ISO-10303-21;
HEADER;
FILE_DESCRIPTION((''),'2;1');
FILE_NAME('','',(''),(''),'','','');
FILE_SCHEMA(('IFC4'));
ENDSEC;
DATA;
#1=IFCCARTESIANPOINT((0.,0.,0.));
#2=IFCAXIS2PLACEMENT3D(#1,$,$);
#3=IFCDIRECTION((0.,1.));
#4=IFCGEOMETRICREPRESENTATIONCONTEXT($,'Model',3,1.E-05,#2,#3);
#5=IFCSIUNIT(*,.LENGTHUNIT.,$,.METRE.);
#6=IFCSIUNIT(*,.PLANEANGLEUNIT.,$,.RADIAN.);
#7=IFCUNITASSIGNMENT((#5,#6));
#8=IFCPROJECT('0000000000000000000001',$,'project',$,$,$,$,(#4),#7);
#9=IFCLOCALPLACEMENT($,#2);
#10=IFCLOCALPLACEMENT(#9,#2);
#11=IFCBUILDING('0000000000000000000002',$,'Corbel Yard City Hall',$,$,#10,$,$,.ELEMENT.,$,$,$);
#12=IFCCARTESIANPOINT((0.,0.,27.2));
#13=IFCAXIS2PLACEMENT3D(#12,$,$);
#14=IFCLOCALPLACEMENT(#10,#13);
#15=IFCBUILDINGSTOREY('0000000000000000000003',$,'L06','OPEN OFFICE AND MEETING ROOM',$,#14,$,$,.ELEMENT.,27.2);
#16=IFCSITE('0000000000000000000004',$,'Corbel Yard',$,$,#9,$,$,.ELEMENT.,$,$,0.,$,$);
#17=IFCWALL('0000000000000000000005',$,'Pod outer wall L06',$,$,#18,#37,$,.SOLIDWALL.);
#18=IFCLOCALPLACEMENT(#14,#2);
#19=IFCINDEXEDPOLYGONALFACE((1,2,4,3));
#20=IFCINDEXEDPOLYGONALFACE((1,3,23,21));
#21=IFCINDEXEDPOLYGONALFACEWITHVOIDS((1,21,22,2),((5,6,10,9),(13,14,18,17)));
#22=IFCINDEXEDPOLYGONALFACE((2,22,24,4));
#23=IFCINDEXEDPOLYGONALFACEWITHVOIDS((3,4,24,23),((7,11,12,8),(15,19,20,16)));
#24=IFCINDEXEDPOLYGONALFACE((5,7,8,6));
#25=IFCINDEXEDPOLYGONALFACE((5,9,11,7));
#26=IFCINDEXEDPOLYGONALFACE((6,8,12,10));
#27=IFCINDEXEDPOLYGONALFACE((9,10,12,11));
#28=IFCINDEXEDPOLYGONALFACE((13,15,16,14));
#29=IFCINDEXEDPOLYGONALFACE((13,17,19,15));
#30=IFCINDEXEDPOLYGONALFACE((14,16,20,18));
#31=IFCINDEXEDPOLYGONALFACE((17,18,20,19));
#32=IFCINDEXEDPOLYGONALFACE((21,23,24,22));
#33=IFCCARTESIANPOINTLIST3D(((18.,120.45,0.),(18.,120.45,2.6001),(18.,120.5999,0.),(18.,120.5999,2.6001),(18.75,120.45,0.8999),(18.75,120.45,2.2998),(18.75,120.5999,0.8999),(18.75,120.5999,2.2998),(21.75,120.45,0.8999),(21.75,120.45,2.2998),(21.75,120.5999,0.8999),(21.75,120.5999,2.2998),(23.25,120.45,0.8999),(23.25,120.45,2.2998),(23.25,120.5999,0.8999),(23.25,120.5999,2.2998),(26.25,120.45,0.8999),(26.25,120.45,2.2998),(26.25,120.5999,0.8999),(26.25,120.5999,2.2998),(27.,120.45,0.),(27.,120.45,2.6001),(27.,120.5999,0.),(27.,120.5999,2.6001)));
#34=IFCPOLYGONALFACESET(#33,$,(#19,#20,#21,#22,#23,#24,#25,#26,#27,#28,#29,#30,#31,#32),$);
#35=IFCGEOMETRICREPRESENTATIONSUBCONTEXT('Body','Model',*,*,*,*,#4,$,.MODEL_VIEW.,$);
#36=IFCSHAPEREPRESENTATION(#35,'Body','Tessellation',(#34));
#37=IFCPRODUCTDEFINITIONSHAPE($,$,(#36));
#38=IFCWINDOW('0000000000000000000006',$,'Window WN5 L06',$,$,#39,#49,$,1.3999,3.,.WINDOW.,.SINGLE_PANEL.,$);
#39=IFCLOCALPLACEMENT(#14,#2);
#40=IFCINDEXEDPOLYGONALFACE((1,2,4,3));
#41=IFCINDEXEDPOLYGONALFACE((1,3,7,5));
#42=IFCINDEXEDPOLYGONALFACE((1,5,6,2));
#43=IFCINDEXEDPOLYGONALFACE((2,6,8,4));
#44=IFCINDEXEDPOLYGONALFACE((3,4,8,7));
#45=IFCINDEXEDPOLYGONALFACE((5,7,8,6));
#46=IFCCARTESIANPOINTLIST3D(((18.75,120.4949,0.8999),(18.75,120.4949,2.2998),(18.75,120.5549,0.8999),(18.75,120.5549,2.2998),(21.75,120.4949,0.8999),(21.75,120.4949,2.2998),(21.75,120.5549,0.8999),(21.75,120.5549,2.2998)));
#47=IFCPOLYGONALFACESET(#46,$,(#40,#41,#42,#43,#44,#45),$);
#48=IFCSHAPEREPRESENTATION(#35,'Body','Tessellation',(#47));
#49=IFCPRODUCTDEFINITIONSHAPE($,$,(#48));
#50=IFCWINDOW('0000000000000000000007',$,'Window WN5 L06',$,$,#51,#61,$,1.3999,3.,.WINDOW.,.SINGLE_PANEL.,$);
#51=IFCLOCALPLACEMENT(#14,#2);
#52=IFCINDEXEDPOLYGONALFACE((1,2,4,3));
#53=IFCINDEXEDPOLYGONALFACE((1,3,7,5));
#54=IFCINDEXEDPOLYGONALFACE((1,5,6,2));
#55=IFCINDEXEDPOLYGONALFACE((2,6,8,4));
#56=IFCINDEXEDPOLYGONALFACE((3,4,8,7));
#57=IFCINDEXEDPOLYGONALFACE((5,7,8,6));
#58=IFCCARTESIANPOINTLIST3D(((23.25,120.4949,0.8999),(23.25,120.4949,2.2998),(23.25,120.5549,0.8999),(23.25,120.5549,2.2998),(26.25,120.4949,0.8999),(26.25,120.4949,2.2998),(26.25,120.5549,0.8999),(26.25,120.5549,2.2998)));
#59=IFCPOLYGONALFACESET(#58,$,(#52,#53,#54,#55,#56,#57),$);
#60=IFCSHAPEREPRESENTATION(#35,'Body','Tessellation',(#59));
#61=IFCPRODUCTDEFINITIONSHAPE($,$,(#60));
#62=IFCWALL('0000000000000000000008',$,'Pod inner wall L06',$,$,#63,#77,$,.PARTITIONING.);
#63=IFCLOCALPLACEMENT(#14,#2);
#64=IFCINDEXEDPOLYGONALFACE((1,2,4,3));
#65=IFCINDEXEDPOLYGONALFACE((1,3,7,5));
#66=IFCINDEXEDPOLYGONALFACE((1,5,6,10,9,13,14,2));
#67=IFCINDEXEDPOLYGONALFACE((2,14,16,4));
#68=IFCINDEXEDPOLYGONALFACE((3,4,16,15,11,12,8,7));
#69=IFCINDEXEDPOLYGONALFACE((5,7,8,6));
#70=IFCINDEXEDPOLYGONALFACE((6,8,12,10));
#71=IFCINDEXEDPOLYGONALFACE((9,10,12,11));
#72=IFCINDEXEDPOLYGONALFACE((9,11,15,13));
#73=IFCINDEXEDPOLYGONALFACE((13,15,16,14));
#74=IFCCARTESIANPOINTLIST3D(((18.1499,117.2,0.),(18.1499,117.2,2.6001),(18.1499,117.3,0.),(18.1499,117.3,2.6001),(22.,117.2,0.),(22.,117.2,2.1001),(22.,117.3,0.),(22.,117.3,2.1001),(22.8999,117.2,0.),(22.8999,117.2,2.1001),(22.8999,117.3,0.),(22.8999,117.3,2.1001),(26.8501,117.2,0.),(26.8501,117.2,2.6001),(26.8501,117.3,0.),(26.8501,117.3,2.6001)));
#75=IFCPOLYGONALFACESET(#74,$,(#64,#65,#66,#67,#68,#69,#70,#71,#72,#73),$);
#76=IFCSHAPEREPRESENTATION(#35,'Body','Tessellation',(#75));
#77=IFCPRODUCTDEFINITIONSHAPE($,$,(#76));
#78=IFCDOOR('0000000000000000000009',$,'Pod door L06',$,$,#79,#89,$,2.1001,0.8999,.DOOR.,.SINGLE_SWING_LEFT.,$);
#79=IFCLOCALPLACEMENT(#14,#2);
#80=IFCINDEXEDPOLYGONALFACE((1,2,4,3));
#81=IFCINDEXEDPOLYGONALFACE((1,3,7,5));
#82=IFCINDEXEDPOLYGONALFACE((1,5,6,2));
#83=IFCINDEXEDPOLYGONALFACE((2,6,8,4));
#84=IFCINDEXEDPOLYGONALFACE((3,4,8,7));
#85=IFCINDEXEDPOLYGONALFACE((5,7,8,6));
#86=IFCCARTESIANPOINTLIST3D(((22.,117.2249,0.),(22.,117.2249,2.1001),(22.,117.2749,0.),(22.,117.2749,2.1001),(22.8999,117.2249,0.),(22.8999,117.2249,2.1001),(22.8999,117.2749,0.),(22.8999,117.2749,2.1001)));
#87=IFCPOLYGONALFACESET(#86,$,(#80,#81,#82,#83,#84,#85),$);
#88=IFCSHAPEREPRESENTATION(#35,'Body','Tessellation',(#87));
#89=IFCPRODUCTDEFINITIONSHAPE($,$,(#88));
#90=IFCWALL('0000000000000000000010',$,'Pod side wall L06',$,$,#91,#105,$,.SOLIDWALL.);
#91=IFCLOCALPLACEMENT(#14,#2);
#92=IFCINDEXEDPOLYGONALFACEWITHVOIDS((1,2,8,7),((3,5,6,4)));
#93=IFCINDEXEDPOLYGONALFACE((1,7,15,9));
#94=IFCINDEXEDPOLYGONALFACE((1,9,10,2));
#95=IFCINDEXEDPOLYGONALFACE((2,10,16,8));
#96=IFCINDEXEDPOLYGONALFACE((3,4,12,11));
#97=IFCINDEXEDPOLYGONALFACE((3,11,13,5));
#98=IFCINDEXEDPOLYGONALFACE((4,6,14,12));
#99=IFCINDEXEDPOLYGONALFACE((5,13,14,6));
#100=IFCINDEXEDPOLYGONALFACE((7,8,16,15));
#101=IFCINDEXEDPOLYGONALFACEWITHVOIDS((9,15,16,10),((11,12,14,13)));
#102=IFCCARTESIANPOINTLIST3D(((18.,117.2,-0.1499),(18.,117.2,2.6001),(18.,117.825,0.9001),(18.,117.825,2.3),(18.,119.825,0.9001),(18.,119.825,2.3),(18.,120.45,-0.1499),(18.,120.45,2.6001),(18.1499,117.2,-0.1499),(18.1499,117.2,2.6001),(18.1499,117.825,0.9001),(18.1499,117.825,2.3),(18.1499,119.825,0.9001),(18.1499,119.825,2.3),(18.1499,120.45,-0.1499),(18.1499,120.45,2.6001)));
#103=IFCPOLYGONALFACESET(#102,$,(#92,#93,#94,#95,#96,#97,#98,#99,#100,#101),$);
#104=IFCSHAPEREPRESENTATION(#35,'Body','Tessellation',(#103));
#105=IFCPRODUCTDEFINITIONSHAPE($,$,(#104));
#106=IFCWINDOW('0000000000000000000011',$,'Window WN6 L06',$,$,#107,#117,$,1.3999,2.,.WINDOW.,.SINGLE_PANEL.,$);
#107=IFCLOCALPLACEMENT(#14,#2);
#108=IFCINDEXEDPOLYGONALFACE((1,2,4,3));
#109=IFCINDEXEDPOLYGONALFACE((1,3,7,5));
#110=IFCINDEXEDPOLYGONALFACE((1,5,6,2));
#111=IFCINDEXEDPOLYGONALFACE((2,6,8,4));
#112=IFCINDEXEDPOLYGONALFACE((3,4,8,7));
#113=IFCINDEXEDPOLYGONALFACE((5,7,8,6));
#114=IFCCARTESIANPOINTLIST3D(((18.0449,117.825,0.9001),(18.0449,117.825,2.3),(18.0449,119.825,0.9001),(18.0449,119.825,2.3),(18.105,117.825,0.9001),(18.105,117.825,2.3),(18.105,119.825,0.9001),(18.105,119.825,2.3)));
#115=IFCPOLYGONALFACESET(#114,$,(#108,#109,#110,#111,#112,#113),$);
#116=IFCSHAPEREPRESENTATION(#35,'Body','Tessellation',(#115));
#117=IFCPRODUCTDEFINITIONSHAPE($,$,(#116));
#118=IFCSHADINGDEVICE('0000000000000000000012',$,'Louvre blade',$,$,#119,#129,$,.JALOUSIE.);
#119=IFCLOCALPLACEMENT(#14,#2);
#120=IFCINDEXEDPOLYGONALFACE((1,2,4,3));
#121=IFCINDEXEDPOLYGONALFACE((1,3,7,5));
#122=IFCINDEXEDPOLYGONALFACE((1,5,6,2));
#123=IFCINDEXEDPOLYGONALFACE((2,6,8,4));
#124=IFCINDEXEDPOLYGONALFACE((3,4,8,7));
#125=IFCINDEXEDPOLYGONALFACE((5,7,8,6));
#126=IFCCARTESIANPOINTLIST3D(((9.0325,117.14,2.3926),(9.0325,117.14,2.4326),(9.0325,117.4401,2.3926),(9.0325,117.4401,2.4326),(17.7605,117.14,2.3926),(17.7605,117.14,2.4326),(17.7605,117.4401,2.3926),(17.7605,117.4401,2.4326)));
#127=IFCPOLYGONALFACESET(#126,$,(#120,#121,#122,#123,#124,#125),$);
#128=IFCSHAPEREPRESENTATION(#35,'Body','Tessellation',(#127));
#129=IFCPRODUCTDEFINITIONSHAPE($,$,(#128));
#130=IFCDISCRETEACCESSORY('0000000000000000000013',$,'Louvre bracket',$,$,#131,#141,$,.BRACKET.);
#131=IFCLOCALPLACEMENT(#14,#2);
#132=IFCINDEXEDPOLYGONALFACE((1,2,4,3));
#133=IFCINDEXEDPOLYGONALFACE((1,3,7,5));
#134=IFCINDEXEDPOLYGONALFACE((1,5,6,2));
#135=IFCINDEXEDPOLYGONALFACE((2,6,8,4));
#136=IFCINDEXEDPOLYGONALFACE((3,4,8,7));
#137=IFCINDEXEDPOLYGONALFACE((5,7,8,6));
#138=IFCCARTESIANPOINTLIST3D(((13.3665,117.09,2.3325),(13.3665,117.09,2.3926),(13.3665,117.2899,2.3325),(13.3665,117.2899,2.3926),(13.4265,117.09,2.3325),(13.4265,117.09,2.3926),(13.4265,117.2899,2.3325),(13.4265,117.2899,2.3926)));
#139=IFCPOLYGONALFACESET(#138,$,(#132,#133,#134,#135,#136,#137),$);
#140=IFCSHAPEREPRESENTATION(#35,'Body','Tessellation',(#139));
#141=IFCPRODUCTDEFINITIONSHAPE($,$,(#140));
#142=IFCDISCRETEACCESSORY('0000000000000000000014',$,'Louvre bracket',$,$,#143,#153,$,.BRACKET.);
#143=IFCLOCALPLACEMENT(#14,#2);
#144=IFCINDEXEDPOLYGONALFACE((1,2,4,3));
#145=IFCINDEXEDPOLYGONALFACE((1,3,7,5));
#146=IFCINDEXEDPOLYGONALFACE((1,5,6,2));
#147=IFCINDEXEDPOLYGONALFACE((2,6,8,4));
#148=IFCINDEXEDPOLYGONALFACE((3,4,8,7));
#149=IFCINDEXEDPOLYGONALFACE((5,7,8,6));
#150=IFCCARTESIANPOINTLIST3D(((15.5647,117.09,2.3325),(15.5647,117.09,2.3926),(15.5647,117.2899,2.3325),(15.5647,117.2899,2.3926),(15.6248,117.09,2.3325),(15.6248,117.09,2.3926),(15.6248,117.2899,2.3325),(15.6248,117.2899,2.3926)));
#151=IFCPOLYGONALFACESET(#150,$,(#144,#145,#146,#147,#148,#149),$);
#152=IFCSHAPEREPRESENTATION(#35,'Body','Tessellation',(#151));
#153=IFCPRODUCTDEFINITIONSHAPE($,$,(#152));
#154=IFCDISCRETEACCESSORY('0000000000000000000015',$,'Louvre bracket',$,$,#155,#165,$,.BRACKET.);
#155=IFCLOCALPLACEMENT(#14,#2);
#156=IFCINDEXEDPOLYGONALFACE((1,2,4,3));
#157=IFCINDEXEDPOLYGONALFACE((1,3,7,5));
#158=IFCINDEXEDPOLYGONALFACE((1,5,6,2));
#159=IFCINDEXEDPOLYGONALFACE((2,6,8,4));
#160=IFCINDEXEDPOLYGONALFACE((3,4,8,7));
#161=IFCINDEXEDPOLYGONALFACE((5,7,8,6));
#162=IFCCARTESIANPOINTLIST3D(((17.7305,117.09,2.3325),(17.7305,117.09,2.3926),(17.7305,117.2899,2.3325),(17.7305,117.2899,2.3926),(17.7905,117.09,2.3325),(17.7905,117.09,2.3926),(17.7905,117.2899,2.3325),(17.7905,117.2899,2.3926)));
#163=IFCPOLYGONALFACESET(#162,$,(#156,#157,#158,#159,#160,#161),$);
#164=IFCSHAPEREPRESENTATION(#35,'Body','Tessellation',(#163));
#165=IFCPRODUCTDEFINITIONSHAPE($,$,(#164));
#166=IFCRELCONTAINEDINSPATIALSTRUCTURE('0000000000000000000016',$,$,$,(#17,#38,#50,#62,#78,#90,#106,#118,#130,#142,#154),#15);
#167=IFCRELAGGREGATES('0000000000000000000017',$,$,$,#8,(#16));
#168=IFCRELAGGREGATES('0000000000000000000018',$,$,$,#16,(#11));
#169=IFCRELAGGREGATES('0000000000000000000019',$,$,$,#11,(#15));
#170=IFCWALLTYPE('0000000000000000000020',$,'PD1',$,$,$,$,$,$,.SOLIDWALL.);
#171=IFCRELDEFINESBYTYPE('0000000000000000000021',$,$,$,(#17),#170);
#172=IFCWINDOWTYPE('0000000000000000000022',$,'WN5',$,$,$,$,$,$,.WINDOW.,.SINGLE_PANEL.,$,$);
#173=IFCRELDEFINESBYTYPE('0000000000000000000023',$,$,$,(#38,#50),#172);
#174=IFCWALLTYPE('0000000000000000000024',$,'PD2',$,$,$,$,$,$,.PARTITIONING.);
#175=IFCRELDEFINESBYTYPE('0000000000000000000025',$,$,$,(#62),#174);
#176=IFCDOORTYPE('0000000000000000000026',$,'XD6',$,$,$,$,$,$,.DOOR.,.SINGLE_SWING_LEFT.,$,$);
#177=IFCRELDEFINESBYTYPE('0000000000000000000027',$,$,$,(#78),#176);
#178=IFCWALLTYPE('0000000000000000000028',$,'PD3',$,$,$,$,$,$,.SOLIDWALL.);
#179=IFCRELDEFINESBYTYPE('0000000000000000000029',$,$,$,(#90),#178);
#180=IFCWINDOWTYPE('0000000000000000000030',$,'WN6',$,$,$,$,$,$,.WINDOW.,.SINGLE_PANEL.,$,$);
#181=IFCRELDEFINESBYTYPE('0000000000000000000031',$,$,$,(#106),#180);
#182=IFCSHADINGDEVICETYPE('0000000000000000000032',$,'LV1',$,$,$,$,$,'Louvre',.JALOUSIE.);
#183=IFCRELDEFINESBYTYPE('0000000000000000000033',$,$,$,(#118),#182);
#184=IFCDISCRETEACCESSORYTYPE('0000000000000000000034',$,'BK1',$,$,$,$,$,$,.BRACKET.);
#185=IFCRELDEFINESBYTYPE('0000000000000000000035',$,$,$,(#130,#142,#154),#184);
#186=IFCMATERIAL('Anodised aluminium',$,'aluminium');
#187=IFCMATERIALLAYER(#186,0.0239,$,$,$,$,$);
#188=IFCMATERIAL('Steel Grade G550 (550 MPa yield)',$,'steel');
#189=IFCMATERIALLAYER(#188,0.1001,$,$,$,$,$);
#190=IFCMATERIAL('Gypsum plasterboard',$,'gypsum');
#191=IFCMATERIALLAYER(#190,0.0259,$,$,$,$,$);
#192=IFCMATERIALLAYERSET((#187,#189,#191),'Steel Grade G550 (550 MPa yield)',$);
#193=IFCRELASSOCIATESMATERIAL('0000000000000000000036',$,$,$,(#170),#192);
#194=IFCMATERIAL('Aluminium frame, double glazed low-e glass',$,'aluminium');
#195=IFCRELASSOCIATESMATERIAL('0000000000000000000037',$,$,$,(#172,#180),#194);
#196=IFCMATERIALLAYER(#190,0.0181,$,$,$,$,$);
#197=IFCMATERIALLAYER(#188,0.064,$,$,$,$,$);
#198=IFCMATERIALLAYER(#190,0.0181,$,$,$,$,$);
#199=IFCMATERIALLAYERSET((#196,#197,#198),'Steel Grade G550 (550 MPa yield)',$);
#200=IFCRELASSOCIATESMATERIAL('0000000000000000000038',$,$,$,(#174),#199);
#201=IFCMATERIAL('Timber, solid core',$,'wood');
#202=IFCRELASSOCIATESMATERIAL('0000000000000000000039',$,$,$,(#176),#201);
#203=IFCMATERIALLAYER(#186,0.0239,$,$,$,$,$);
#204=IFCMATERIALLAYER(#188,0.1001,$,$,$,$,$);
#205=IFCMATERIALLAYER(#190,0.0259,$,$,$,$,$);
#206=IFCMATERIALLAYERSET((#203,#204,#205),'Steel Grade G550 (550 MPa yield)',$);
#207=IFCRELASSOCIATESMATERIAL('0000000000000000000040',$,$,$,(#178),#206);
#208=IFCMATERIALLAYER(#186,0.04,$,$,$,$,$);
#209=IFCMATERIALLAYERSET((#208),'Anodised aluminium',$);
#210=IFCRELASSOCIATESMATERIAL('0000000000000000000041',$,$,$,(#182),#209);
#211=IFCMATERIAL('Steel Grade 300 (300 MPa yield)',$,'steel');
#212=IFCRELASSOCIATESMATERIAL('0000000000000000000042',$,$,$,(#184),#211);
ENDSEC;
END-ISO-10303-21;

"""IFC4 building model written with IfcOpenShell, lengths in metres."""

from ifc_helpers import new_model, si_unit, direction, frame, frame_2d, origin, origin_2d, place, context, subcontext, project, spatial, rectangle, extrude, material, layer, layer_set, type_object, element, fill, save


model = new_model("IFC4")

# Units and contexts
model_context = context("Model", 3, precision=1e-05, world=origin(), true_north=direction((0.0, 1.0)))
body_context = subcontext(model_context, "Body", "Model", "MODEL_VIEW")
ifc_project = project(units=[si_unit("LENGTHUNIT", "METRE"), si_unit("PLANEANGLEUNIT", "RADIAN")], contexts=[model_context])

# Site, building, storey
site_placement = place(None, origin())
site = spatial("IfcSite", under=ifc_project, at=site_placement, Name="Corbel Yard", CompositionType="ELEMENT", RefElevation=0.0)
building_placement = place(site_placement, origin())
building = spatial("IfcBuilding", under=site, at=building_placement, Name="Corbel Yard City Hall", CompositionType="ELEMENT")
storey_placement = place(building_placement, frame((0.0, 0.0, 27.2)))
storey = spatial("IfcBuildingStorey", under=building, at=storey_placement, Name="L06", Description="OPEN OFFICE AND MEETING ROOM", CompositionType="ELEMENT", Elevation=27.2)

# Shared definitions
ifc_material_1 = material(Name="Steel Grade 300 (300 MPa yield)", Category="steel")

# Wall, openings, windows
ifc_material_2 = material(Name="Anodised aluminium", Category="aluminium")
ifc_layer_1 = layer(ifc_material_2, 0.0239)
ifc_material_3 = material(Name="Steel Grade G550 (550 MPa yield)", Category="steel")
ifc_layer_2 = layer(ifc_material_3, 0.1001)
ifc_material_4 = material(Name="Gypsum plasterboard", Category="gypsum")
ifc_layer_3 = layer(ifc_material_4, 0.0259)
ifc_layer_set_1 = layer_set([ifc_layer_1, ifc_layer_2, ifc_layer_3], Name="Steel Grade G550 (550 MPa yield)")
wall_type_1 = type_object("IfcWallType", Name="PD1", PredefinedType="SOLIDWALL", material=ifc_layer_set_1)
wall_1_placement = place(storey_placement, frame((18.0, 120.5249, 0.0), z_axis=(0.0, 0.0, 1.0), x_axis=(1.0, 0.0, 0.0)))
wall_1 = element("IfcWall", 1, at=wall_1_placement, inside=storey, type_object=wall_type_1, Name="Pod outer wall L06", PredefinedType="SOLIDWALL", context=body_context, shape_type="SweptSolid", body=[
    extrude(rectangle(XDim=9.0, YDim=0.1499, at=frame_2d((4.5, 0.0))), origin(), (0.0, 0.0, 1.0), 2.6001),
])
opening_1_placement = place(wall_1_placement, frame((0.75, 0.0, 0.8999)))
opening_1 = element("IfcOpeningElement", 2, at=opening_1_placement, cuts=wall_1, PredefinedType="OPENING", context=body_context, shape_type="SweptSolid", body=[
    extrude(rectangle(XDim=3.0, YDim=1.3999, at=frame_2d((1.5, 0.7))), frame((0.0, 0.085, 0.0), z_axis=(0.0, -1.0, 0.0), x_axis=(1.0, 0.0, 0.0)), (0.0, 0.0, 1.0), 0.1699),
])
opening_2_placement = place(wall_1_placement, frame((5.25, 0.0, 0.8999)))
opening_2 = element("IfcOpeningElement", 3, at=opening_2_placement, cuts=wall_1, PredefinedType="OPENING", context=body_context, shape_type="SweptSolid", body=[
    extrude(rectangle(XDim=3.0, YDim=1.3999, at=frame_2d((1.5, 0.7))), frame((0.0, 0.085, 0.0), z_axis=(0.0, -1.0, 0.0), x_axis=(1.0, 0.0, 0.0)), (0.0, 0.0, 1.0), 0.1699),
])
ifc_material_5 = material(Name="Aluminium frame, double glazed low-e glass", Category="aluminium")
window_type_1 = type_object("IfcWindowType", Name="WN5", PartitioningType="SINGLE_PANEL", PredefinedType="WINDOW", material=ifc_material_5)
window_1_placement = place(opening_1_placement, origin())
window_1 = element("IfcWindow", 4, at=window_1_placement, inside=storey, type_object=window_type_1, Name="Window WN5 L06", OverallHeight=1.3999, OverallWidth=3.0, PartitioningType="SINGLE_PANEL", PredefinedType="WINDOW", context=body_context, shape_type="SweptSolid", body=[
    extrude(rectangle(XDim=3.0, YDim=1.3999, at=frame_2d((1.5, 0.7))), frame((0.0, 0.03, 0.0), z_axis=(0.0, -1.0, 0.0), x_axis=(1.0, 0.0, 0.0)), (0.0, 0.0, 1.0), 0.0601),
])
fill(opening_1, window_1)
window_2_placement = place(opening_2_placement, origin())
window_2 = element("IfcWindow", 5, at=window_2_placement, inside=storey, type_object=window_type_1, Name="Window WN5 L06", OverallHeight=1.3999, OverallWidth=3.0, PartitioningType="SINGLE_PANEL", PredefinedType="WINDOW", context=body_context, shape_type="SweptSolid", body=[
    extrude(rectangle(XDim=3.0, YDim=1.3999, at=frame_2d((1.5, 0.7))), frame((0.0, 0.03, 0.0), z_axis=(0.0, -1.0, 0.0), x_axis=(1.0, 0.0, 0.0)), (0.0, 0.0, 1.0), 0.0601),
])
fill(opening_2, window_2)

# Wall, opening, door
ifc_layer_4 = layer(ifc_material_4, 0.0181)
ifc_layer_5 = layer(ifc_material_3, 0.064)
ifc_layer_6 = layer(ifc_material_4, 0.0181)
ifc_layer_set_2 = layer_set([ifc_layer_4, ifc_layer_5, ifc_layer_6], Name="Steel Grade G550 (550 MPa yield)")
wall_type_2 = type_object("IfcWallType", Name="PD2", PredefinedType="PARTITIONING", material=ifc_layer_set_2)
wall_2_placement = place(storey_placement, frame((18.1499, 117.25, 0.0), z_axis=(0.0, 0.0, 1.0), x_axis=(1.0, 0.0, 0.0)))
wall_2 = element("IfcWall", 6, at=wall_2_placement, inside=storey, type_object=wall_type_2, Name="Pod inner wall L06", PredefinedType="PARTITIONING", context=body_context, shape_type="SweptSolid", body=[
    extrude(rectangle(XDim=8.7002, YDim=0.1001, at=frame_2d((4.3501, 0.0))), origin(), (0.0, 0.0, 1.0), 2.6001),
])
opening_3_placement = place(wall_2_placement, frame((3.8501, 0.0, 0.0)))
opening_3 = element("IfcOpeningElement", 7, at=opening_3_placement, cuts=wall_2, PredefinedType="OPENING", context=body_context, shape_type="SweptSolid", body=[
    extrude(rectangle(XDim=0.8999, YDim=2.1001, at=frame_2d((0.45, 1.05))), frame((0.0, 0.0601, 0.0), z_axis=(0.0, -1.0, 0.0), x_axis=(1.0, 0.0, 0.0)), (0.0, 0.0, 1.0), 0.1201),
])
ifc_material_6 = material(Name="Timber, solid core", Category="wood")
door_type = type_object("IfcDoorType", Name="XD6", OperationType="SINGLE_SWING_LEFT", PredefinedType="DOOR", material=ifc_material_6)
door_placement = place(opening_3_placement, origin())
door = element("IfcDoor", 8, at=door_placement, inside=storey, type_object=door_type, Name="Pod door L06", OperationType="SINGLE_SWING_LEFT", OverallHeight=2.1001, OverallWidth=0.8999, PredefinedType="DOOR", context=body_context, shape_type="SweptSolid", body=[
    extrude(rectangle(XDim=0.8999, YDim=2.1001, at=frame_2d((0.45, 1.05))), frame((0.0, 0.0249, 0.0), z_axis=(0.0, -1.0, 0.0), x_axis=(1.0, 0.0, 0.0)), (0.0, 0.0, 1.0), 0.05),
])
fill(opening_3, door)

# Wall, opening, window
ifc_layer_7 = layer(ifc_material_2, 0.0239)
ifc_layer_8 = layer(ifc_material_3, 0.1001)
ifc_layer_9 = layer(ifc_material_4, 0.0259)
ifc_layer_set_3 = layer_set([ifc_layer_7, ifc_layer_8, ifc_layer_9], Name="Steel Grade G550 (550 MPa yield)")
wall_type_3 = type_object("IfcWallType", Name="PD3", PredefinedType="SOLIDWALL", material=ifc_layer_set_3)
wall_3_placement = place(storey_placement, frame((18.075, 120.45, -0.1499), z_axis=(0.0, 0.0, 1.0), x_axis=(0.0, -1.0, 0.0)))
wall_3 = element("IfcWall", 9, at=wall_3_placement, inside=storey, type_object=wall_type_3, Name="Pod side wall L06", PredefinedType="SOLIDWALL", context=body_context, shape_type="SweptSolid", body=[
    extrude(rectangle(XDim=3.25, YDim=0.1499, at=frame_2d((1.625, 0.0))), origin(), (0.0, 0.0, 1.0), 2.75),
])
opening_4_placement = place(wall_3_placement, frame((0.625, 0.0, 1.05)))
opening_4 = element("IfcOpeningElement", 10, at=opening_4_placement, cuts=wall_3, PredefinedType="OPENING", context=body_context, shape_type="SweptSolid", body=[
    extrude(rectangle(XDim=2.0, YDim=1.3999, at=frame_2d((1.0, 0.7))), frame((0.0, 0.085, 0.0), z_axis=(0.0, -1.0, 0.0), x_axis=(1.0, 0.0, 0.0)), (0.0, 0.0, 1.0), 0.1699),
])
window_type_2 = type_object("IfcWindowType", Name="WN6", PartitioningType="SINGLE_PANEL", PredefinedType="WINDOW", material=ifc_material_5)
window_3_placement = place(opening_4_placement, origin())
window_3 = element("IfcWindow", 11, at=window_3_placement, inside=storey, type_object=window_type_2, Name="Window WN6 L06", OverallHeight=1.3999, OverallWidth=2.0, PartitioningType="SINGLE_PANEL", PredefinedType="WINDOW", context=body_context, shape_type="SweptSolid", body=[
    extrude(rectangle(XDim=2.0, YDim=1.3999, at=frame_2d((1.0, 0.7))), frame((0.0, 0.03, 0.0), z_axis=(0.0, -1.0, 0.0), x_axis=(1.0, 0.0, 0.0)), (0.0, 0.0, 1.0), 0.0601),
])
fill(opening_4, window_3)

# Shading device
ifc_layer_10 = layer(ifc_material_2, 0.04)
ifc_layer_set_4 = layer_set([ifc_layer_10], Name="Anodised aluminium")
shading_device_type = type_object("IfcShadingDeviceType", Name="LV1", ElementType="Louvre", PredefinedType="JALOUSIE", material=ifc_layer_set_4)
shading_device_placement = place(storey_placement, frame((13.3965, 117.29, 2.3926), z_axis=(0.0, 0.0, 1.0), x_axis=(1.0, 0.0, 0.0)))
element("IfcShadingDevice", 12, at=shading_device_placement, inside=storey, type_object=shading_device_type, Name="Louvre blade", PredefinedType="JALOUSIE", context=body_context, shape_type="SweptSolid", body=[
    extrude(rectangle(XDim=8.728, YDim=0.3, at=origin_2d()), origin(), (0.0, 0.0, 1.0), 0.04),
])

# Discrete accessories
discrete_accessory_type = type_object("IfcDiscreteAccessoryType", Name="BK1", PredefinedType="BRACKET", material=ifc_material_1)
for number, where, z_axis, x_axis, name in (
    (13, (13.3965, 117.1899, 2.3325), (0.0, 0.0, 1.0), (1.0, 0.0, 0.0), "Louvre bracket"),
    (14, (15.5947, 117.1899, 2.3325), (0.0, 0.0, 1.0), (1.0, 0.0, 0.0), "Louvre bracket"),
    (15, (17.7605, 117.1899, 2.3325), (0.0, 0.0, 1.0), (1.0, 0.0, 0.0), "Louvre bracket"),
):
    element("IfcDiscreteAccessory", number, at=place(storey_placement, frame(where, z_axis=z_axis, x_axis=x_axis)), inside=storey, type_object=discrete_accessory_type, Name=name, PredefinedType="BRACKET", context=body_context, shape_type="SweptSolid", body=[
        extrude(rectangle(XDim=0.0601, YDim=0.2, at=origin_2d()), origin(), (0.0, 0.0, 1.0), 0.0601),
    ])

save(model, "model.ifc")
